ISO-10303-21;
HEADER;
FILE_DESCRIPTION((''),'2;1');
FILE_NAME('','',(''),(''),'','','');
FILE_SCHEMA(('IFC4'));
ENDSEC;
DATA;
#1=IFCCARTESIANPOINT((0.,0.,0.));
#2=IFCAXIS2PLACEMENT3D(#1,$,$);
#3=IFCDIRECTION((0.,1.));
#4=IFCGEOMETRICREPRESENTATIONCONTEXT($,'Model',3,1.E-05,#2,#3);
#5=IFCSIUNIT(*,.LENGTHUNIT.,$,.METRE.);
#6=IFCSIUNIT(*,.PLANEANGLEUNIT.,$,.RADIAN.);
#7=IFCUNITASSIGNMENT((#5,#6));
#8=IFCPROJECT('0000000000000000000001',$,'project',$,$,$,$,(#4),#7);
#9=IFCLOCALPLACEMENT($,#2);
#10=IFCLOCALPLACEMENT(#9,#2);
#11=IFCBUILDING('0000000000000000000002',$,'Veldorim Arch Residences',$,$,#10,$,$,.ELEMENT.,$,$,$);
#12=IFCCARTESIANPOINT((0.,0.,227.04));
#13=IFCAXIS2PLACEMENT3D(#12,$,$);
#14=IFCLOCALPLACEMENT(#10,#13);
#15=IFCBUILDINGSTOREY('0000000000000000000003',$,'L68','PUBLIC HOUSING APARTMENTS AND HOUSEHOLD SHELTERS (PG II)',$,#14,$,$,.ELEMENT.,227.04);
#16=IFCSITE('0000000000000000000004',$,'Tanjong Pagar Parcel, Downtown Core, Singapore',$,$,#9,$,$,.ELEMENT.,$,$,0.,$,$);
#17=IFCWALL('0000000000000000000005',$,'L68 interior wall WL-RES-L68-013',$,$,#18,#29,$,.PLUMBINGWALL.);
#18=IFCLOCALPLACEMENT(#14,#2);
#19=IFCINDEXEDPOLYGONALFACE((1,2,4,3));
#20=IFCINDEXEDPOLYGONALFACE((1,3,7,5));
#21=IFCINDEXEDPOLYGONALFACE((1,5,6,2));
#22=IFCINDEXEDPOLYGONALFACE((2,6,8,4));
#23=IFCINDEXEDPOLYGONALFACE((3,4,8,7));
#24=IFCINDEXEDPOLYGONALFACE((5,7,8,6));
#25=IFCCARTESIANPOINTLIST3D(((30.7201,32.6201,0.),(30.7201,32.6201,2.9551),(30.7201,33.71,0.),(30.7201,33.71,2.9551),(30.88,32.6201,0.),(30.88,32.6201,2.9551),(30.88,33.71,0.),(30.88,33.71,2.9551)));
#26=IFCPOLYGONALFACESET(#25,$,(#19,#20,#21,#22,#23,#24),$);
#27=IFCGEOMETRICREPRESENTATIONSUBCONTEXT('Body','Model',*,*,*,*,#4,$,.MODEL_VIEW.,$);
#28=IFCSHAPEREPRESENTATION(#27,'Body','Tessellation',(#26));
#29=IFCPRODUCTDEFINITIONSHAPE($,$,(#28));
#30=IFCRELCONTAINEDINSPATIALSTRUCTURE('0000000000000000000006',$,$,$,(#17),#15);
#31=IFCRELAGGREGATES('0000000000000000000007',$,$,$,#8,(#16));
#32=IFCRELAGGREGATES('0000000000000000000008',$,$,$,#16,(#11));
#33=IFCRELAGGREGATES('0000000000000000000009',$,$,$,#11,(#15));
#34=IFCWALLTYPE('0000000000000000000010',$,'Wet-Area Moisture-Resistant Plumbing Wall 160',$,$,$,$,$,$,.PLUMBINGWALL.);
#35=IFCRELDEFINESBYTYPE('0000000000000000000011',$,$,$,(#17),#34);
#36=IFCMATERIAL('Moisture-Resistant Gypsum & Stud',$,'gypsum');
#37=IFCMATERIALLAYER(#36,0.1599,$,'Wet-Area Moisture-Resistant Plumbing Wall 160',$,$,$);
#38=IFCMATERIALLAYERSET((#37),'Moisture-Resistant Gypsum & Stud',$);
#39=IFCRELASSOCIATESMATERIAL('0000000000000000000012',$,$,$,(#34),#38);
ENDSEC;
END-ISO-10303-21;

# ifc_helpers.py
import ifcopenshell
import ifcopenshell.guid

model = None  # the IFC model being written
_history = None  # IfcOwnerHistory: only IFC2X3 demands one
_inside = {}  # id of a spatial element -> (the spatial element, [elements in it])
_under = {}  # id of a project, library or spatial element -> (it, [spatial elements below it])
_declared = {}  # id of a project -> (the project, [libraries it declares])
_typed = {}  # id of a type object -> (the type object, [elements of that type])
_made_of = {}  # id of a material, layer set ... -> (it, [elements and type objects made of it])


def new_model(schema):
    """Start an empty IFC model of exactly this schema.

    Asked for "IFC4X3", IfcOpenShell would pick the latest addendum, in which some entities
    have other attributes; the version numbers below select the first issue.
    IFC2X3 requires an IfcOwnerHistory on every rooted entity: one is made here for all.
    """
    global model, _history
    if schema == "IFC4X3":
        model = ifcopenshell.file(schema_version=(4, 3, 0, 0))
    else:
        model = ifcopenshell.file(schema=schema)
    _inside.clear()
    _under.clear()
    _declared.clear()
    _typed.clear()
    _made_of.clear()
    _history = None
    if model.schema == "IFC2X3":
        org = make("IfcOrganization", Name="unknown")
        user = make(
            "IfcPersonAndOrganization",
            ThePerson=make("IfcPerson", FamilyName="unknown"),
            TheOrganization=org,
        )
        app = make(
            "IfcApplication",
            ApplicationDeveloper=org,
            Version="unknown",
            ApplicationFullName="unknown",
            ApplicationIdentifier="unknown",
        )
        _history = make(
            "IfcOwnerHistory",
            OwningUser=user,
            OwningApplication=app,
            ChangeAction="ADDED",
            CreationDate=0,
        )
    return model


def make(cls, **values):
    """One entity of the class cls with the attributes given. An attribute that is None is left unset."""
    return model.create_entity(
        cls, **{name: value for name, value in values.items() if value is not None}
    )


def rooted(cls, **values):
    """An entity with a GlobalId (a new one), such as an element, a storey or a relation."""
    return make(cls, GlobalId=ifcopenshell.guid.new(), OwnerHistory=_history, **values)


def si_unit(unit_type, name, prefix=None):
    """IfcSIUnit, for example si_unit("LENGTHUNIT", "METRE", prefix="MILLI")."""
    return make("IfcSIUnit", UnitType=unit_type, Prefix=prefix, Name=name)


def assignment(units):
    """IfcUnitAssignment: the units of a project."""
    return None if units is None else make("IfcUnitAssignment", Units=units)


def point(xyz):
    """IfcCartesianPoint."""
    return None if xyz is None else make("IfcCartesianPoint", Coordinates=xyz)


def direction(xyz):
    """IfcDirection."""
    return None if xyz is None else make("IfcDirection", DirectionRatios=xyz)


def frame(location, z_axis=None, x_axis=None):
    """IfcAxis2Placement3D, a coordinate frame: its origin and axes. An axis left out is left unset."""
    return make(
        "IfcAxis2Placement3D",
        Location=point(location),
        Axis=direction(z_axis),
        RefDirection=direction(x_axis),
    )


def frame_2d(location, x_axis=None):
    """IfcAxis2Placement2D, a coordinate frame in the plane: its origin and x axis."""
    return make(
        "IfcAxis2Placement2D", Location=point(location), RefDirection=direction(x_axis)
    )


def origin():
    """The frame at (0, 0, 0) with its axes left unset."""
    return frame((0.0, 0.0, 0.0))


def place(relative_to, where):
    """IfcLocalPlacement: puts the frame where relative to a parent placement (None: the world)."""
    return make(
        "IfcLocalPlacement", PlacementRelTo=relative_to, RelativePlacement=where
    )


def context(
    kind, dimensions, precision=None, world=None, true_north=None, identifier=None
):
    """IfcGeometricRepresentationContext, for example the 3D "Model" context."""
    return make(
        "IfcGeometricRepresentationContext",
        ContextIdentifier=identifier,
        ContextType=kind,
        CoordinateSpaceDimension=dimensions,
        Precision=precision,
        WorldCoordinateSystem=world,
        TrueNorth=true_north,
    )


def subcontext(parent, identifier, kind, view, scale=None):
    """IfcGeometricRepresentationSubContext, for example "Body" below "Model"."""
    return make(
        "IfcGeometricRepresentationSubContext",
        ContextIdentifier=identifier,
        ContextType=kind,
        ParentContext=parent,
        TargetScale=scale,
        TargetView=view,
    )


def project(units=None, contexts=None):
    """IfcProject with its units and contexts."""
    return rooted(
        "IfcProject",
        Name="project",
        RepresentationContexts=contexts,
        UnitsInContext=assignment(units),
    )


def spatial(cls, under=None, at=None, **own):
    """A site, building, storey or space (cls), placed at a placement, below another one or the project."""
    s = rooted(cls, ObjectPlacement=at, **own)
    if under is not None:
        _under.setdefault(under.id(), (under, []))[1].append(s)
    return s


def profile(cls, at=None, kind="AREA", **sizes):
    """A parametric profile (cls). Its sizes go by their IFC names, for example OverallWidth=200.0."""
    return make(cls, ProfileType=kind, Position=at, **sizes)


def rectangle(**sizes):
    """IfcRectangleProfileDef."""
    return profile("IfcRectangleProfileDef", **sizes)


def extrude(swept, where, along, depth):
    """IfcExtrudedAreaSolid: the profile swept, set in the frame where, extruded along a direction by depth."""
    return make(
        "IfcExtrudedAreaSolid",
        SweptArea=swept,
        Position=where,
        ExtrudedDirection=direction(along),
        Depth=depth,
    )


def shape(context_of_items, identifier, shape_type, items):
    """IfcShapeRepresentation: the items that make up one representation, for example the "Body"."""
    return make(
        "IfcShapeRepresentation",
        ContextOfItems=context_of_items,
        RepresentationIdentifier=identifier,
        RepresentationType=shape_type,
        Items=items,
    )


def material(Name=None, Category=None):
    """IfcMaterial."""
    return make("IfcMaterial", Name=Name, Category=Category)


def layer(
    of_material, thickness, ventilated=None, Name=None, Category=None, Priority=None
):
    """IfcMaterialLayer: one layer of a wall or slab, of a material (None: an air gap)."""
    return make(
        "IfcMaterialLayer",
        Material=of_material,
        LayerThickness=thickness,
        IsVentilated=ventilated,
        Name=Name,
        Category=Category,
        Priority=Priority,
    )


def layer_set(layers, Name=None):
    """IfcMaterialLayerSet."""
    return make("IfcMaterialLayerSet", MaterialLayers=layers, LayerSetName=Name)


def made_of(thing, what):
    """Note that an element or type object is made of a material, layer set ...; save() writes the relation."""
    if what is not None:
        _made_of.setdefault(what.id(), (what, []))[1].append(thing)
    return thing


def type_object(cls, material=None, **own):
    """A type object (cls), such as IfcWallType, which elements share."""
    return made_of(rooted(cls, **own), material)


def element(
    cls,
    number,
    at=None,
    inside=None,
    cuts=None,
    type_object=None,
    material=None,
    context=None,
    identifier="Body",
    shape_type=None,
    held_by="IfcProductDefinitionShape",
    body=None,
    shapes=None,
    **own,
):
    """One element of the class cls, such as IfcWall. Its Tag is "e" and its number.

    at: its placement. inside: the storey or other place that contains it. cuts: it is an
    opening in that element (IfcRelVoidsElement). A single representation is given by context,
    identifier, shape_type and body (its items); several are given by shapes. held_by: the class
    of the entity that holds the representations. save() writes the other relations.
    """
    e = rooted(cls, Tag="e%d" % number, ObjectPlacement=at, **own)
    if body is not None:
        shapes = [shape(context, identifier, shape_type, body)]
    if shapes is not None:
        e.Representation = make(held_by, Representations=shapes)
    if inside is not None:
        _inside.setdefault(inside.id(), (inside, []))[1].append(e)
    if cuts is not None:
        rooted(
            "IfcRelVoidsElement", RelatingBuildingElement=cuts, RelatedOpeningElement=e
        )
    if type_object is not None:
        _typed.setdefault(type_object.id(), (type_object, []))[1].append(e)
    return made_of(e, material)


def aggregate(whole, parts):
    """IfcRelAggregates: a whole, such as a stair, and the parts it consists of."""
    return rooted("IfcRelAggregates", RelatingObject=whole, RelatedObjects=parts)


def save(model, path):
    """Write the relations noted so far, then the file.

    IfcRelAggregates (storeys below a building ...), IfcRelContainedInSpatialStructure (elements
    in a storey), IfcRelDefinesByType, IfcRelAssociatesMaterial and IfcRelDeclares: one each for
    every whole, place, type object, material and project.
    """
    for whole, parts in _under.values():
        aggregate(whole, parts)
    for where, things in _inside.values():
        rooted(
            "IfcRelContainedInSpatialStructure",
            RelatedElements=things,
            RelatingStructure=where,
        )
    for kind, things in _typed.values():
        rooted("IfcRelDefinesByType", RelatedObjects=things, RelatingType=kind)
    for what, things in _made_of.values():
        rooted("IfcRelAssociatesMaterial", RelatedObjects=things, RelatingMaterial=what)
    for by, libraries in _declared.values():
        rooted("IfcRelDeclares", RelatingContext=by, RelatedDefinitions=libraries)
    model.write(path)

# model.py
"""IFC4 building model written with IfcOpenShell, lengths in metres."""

from ifc_helpers import new_model, si_unit, direction, frame, frame_2d, origin, place, context, subcontext, project, spatial, rectangle, extrude, material, layer, layer_set, type_object, element, save


model = new_model("IFC4")

# Units and contexts
model_context = context("Model", 3, precision=1e-05, world=origin(), true_north=direction((0.0, 1.0)))
body_context = subcontext(model_context, "Body", "Model", "MODEL_VIEW")
ifc_project = project(units=[si_unit("LENGTHUNIT", "METRE"), si_unit("PLANEANGLEUNIT", "RADIAN")], contexts=[model_context])

# Site, building, storey
site_placement = place(None, origin())
site = spatial("IfcSite", under=ifc_project, at=site_placement, Name="Tanjong Pagar Parcel, Downtown Core, Singapore", CompositionType="ELEMENT", RefElevation=0.0)
building_placement = place(site_placement, origin())
building = spatial("IfcBuilding", under=site, at=building_placement, Name="Veldorim Arch Residences", CompositionType="ELEMENT")
storey_placement = place(building_placement, frame((0.0, 0.0, 227.04)))
storey = spatial("IfcBuildingStorey", under=building, at=storey_placement, Name="L68", Description="PUBLIC HOUSING APARTMENTS AND HOUSEHOLD SHELTERS (PG II)", CompositionType="ELEMENT", Elevation=227.04)

# Wall
ifc_material_1 = material(Name="Moisture-Resistant Gypsum & Stud", Category="gypsum")
ifc_layer_1 = layer(ifc_material_1, 0.1599, Name="Wet-Area Moisture-Resistant Plumbing Wall 160")
ifc_layer_set_1 = layer_set([ifc_layer_1], Name="Moisture-Resistant Gypsum & Stud")
wall_type_1 = type_object("IfcWallType", Name="Wet-Area Moisture-Resistant Plumbing Wall 160", PredefinedType="PLUMBINGWALL", material=ifc_layer_set_1)
wall_1_placement = place(storey_placement, frame((30.8, 32.6201, 0.0), z_axis=(0.0, 0.0, 1.0), x_axis=(0.0, 1.0, 0.0)))
element("IfcWall", 1, at=wall_1_placement, inside=storey, type_object=wall_type_1, Name="L68 interior wall WL-RES-L68-013", PredefinedType="PLUMBINGWALL", context=body_context, shape_type="SweptSolid", body=[
    extrude(rectangle(XDim=1.0898, YDim=0.1599, at=frame_2d((0.5449, 0.0))), origin(), (0.0, 0.0, 1.0), 2.9551),
])

save(model, "model.ifc")
